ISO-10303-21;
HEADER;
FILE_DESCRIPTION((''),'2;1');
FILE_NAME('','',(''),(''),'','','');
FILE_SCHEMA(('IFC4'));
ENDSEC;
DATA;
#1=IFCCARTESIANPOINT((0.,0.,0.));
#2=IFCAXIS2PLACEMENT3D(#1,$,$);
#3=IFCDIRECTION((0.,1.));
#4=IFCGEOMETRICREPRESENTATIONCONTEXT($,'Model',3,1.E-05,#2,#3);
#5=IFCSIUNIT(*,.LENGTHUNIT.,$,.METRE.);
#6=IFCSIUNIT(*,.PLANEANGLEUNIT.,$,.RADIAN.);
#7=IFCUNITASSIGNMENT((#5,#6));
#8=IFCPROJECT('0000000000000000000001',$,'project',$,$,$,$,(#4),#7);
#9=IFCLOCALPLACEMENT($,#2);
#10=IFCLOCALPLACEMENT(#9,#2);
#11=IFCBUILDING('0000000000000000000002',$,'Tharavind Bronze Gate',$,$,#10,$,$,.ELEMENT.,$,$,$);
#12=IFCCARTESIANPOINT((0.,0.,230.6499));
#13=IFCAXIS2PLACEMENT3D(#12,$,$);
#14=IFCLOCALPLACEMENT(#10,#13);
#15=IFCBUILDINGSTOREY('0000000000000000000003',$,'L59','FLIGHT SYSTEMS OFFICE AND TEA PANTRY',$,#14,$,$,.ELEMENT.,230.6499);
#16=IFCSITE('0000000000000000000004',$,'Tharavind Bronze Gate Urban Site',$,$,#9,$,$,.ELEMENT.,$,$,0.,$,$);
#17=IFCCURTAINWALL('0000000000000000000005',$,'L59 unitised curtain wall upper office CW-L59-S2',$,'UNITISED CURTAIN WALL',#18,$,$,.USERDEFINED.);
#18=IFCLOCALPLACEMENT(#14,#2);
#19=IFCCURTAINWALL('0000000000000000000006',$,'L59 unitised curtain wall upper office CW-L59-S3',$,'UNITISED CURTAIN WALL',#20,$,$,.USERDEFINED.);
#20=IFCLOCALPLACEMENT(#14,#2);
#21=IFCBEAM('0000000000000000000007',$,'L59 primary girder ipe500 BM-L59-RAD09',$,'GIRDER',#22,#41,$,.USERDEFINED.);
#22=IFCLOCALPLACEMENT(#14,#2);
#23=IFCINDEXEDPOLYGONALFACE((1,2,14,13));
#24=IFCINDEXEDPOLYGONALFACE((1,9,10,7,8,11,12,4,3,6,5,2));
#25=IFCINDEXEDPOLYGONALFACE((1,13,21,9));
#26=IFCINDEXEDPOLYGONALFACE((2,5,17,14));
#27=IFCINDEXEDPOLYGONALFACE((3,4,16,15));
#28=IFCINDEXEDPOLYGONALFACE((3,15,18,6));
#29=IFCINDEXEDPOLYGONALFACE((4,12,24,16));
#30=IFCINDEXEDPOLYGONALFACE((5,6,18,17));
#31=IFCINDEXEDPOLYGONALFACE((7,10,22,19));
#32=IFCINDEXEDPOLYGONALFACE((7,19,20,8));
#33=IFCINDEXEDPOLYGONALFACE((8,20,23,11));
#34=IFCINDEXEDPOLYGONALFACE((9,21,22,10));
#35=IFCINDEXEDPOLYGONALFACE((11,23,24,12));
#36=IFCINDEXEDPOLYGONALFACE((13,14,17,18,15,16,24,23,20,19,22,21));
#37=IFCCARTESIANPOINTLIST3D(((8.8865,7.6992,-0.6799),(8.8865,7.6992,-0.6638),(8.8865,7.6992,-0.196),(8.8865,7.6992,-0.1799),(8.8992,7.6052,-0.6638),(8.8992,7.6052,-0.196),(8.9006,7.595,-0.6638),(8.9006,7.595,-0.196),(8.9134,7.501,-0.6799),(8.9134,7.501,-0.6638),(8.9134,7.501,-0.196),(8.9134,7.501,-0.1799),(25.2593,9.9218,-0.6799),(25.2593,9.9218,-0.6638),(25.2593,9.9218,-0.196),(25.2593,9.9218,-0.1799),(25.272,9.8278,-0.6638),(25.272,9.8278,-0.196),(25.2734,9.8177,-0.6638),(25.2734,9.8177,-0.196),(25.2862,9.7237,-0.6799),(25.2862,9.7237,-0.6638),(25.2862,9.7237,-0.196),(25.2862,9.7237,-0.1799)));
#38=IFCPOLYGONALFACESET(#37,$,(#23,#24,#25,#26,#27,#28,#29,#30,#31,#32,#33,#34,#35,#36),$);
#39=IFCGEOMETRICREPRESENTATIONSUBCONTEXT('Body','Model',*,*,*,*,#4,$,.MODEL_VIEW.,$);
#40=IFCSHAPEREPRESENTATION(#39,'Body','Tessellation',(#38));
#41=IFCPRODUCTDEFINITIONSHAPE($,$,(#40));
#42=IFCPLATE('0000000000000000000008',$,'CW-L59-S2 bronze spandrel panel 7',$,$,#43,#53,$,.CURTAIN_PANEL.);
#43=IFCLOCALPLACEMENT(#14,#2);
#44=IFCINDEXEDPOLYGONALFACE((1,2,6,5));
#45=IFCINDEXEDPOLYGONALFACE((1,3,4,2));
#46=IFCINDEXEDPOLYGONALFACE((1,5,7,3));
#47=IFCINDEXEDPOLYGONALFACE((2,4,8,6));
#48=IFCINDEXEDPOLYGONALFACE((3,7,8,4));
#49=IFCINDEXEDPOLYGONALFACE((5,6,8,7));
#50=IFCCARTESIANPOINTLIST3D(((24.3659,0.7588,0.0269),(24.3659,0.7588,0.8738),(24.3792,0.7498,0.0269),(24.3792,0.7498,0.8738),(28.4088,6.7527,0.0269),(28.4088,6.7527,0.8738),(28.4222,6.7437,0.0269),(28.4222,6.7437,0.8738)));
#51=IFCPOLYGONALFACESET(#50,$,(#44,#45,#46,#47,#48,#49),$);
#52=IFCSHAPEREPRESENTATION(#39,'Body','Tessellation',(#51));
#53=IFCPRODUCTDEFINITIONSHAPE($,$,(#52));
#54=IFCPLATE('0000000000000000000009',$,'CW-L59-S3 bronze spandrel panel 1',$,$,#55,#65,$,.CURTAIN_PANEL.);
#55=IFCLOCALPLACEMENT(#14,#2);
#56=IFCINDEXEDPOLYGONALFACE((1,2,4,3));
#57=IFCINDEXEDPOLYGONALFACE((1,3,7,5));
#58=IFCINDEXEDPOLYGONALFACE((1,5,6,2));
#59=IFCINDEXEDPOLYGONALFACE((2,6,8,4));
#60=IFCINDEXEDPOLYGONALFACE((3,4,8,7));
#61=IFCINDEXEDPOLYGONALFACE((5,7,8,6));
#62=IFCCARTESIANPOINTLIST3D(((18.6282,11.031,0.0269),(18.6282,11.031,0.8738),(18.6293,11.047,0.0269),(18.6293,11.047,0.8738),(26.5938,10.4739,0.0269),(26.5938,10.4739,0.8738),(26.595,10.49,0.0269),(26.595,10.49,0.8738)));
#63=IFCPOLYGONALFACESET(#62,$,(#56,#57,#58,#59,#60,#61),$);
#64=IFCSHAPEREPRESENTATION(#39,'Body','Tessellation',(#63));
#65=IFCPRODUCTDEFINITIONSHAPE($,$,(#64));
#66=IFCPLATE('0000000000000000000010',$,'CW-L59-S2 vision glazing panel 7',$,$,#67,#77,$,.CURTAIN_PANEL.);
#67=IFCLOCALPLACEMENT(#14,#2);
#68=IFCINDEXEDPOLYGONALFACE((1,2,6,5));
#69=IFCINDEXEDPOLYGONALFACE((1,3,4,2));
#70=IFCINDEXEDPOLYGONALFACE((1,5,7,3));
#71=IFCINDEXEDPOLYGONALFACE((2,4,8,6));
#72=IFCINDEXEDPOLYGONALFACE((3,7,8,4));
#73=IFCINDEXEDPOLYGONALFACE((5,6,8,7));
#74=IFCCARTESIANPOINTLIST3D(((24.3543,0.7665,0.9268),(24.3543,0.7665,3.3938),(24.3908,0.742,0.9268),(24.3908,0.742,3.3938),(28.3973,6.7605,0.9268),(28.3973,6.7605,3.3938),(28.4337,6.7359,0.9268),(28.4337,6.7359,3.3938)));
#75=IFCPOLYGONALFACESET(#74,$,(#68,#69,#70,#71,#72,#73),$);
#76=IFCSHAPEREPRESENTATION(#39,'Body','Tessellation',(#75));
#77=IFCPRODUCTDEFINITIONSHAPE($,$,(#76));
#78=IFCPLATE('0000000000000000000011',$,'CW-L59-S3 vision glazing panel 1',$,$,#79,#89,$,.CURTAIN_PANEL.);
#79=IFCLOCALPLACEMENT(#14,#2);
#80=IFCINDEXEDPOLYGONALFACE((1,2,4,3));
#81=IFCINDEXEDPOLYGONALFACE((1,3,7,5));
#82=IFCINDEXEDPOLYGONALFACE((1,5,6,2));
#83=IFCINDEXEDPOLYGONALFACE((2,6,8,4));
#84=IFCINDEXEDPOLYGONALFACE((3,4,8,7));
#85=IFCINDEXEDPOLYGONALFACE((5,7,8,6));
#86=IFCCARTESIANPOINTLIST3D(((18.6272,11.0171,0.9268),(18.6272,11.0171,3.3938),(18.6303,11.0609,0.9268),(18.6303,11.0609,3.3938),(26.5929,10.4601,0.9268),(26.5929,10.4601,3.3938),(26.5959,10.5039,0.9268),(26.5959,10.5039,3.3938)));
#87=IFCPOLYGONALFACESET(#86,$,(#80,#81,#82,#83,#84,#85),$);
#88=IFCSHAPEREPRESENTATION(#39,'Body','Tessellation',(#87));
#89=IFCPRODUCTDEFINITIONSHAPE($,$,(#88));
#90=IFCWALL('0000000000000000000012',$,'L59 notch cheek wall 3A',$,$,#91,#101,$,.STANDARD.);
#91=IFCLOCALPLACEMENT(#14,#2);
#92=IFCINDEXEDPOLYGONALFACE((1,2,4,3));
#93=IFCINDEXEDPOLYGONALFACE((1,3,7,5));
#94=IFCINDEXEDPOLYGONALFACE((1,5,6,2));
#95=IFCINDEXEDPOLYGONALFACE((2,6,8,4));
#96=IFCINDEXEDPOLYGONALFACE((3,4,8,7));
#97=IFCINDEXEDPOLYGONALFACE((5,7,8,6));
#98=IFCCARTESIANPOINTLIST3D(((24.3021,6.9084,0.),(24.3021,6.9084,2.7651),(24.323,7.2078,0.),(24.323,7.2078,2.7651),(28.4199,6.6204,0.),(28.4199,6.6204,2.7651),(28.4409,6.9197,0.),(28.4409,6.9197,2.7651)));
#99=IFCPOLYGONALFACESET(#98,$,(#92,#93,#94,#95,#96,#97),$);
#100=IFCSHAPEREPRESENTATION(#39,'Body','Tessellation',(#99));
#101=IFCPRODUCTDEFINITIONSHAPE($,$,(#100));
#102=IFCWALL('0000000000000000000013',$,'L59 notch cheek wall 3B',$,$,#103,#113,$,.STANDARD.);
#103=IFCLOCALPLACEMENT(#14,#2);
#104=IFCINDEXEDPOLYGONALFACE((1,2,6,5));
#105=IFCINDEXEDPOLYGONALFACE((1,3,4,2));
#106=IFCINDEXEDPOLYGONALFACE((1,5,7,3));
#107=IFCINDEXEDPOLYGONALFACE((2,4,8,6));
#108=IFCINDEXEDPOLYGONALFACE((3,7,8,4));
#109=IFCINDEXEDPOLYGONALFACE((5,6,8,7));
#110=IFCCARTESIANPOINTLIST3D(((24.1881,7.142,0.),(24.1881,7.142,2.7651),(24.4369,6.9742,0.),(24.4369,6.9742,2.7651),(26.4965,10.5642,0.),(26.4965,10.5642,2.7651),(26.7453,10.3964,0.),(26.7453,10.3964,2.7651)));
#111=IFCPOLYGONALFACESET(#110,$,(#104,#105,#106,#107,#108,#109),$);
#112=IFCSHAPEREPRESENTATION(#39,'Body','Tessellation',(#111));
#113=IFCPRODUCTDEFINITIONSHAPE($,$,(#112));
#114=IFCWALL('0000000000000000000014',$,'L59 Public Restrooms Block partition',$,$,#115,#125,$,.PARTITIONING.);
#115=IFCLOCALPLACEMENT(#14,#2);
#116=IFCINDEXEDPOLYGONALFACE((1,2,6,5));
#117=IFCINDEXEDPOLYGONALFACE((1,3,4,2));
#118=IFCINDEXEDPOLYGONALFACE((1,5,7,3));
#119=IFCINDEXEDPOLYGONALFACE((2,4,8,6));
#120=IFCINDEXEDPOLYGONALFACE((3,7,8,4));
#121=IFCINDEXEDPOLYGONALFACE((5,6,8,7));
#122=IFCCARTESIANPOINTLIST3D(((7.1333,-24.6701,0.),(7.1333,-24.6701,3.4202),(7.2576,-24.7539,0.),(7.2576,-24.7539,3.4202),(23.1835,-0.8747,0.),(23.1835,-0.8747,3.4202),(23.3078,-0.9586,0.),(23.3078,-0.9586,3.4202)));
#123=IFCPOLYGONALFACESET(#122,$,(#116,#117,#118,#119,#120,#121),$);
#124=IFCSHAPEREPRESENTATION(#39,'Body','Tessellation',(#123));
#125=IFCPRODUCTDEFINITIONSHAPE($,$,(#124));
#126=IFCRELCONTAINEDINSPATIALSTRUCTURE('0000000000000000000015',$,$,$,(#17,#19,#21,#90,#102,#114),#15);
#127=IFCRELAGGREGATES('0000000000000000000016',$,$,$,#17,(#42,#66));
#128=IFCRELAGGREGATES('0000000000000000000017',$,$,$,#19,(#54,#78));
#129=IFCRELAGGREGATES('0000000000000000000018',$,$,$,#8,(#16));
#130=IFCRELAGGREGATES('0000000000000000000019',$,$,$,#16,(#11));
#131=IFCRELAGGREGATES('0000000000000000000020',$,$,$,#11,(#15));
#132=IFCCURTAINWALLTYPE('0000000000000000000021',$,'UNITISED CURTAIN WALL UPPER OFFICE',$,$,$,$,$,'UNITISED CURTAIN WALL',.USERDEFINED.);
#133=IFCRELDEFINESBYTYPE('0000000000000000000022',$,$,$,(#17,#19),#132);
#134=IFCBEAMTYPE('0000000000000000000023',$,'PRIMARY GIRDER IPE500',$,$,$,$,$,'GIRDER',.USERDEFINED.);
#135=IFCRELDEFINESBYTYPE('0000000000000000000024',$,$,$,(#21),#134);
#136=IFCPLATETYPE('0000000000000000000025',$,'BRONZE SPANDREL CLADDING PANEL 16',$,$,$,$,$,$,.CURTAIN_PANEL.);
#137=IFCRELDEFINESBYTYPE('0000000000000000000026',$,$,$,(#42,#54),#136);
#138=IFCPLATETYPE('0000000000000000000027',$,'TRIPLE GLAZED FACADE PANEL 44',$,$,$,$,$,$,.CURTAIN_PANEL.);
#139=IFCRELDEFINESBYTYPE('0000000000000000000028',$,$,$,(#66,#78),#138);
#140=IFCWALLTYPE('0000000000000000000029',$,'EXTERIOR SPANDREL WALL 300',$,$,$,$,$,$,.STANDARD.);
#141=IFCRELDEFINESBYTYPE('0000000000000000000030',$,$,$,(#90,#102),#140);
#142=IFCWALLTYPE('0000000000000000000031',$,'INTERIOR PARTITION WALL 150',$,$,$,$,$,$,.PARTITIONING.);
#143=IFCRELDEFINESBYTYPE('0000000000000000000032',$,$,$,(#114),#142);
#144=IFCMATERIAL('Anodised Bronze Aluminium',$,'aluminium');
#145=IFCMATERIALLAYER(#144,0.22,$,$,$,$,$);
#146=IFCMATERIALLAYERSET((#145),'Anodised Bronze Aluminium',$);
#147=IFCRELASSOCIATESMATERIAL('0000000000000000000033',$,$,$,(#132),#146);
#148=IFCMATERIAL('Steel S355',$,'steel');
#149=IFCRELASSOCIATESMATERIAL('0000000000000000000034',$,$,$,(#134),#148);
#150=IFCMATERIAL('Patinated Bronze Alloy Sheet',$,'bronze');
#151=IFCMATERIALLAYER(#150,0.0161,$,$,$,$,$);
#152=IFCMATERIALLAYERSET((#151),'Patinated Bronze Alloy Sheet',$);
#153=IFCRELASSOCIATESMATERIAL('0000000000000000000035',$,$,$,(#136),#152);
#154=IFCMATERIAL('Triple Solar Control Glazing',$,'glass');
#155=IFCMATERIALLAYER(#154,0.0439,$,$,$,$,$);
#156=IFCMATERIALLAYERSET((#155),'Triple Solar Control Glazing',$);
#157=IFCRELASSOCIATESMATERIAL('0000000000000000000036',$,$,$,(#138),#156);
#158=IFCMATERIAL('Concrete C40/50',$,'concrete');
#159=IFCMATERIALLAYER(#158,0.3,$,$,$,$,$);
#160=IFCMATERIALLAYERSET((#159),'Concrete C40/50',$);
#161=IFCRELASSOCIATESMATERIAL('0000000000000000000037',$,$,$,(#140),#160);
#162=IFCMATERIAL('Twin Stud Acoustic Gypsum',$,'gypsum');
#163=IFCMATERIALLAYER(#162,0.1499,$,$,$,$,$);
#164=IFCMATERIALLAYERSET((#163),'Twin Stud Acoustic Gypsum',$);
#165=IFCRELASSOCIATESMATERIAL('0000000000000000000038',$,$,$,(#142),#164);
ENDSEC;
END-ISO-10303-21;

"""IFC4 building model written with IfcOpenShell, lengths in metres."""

from ifc_helpers import new_model, si_unit, direction, frame, frame_2d, origin, origin_2d, place, context, subcontext, project, spatial, rectangle, i_section, extrude, material, layer, layer_set, material_profile, profile_set, type_object, element, aggregate, save


model = new_model("IFC4")

# Units and contexts
model_context = context("Model", 3, precision=1e-05, world=origin(), true_north=direction((0.0, 1.0)))
body_context = subcontext(model_context, "Body", "Model", "MODEL_VIEW")
ifc_project = project(units=[si_unit("LENGTHUNIT", "METRE"), si_unit("PLANEANGLEUNIT", "RADIAN")], contexts=[model_context])

# Site, building, storey
site_placement = place(None, origin())
site = spatial("IfcSite", under=ifc_project, at=site_placement, Name="Tharavind Bronze Gate Urban Site", CompositionType="ELEMENT", RefElevation=0.0)
building_placement = place(site_placement, origin())
building = spatial("IfcBuilding", under=site, at=building_placement, Name="Tharavind Bronze Gate", CompositionType="ELEMENT")
storey_placement = place(building_placement, frame((0.0, 0.0, 230.6499)))
storey = spatial("IfcBuildingStorey", under=building, at=storey_placement, Name="L59", Description="FLIGHT SYSTEMS OFFICE AND TEA PANTRY", CompositionType="ELEMENT", Elevation=230.6499)

# Curtain wall
ifc_material_1 = material(Name="Anodised Bronze Aluminium", Category="aluminium")
ifc_layer_1 = layer(ifc_material_1, 0.22)
ifc_layer_set_1 = layer_set([ifc_layer_1], Name="Anodised Bronze Aluminium")
curtain_wall_type = type_object("IfcCurtainWallType", Name="UNITISED CURTAIN WALL UPPER OFFICE", ElementType="UNITISED CURTAIN WALL", PredefinedType="USERDEFINED", material=ifc_layer_set_1)
curtain_wall_1_placement = place(storey_placement, origin())
curtain_wall_1 = element("IfcCurtainWall", 1, at=curtain_wall_1_placement, inside=storey, type_object=curtain_wall_type, Name="L59 unitised curtain wall upper office CW-L59-S2", ObjectType="UNITISED CURTAIN WALL", PredefinedType="USERDEFINED")

# Curtain wall
curtain_wall_2_placement = place(storey_placement, origin())
curtain_wall_2 = element("IfcCurtainWall", 2, at=curtain_wall_2_placement, inside=storey, type_object=curtain_wall_type, Name="L59 unitised curtain wall upper office CW-L59-S3", ObjectType="UNITISED CURTAIN WALL", PredefinedType="USERDEFINED")

# Beam
ifc_material_2 = material(Name="Steel S355", Category="steel")
ifc_material_profile_1 = material_profile(ifc_material_2, i_section(OverallWidth=0.2, OverallDepth=0.5, WebThickness=0.0103, FlangeThickness=0.0161, at=origin_2d()), Name="IPE500")
ifc_profile_set_1 = profile_set([ifc_material_profile_1], Name="Steel S355")
beam_type_1 = type_object("IfcBeamType", Name="PRIMARY GIRDER IPE500", ElementType="GIRDER", PredefinedType="USERDEFINED", material=ifc_profile_set_1)
beam_1_placement = place(storey_placement, frame((25.2727, 9.8228, -0.4299), z_axis=(-0.990911, -0.134519, 0.0), x_axis=(0.134519, -0.990911, 0.0)))
element("IfcBeam", 3, at=beam_1_placement, inside=storey, type_object=beam_type_1, Name="L59 primary girder ipe500 BM-L59-RAD09", ObjectType="GIRDER", PredefinedType="USERDEFINED", context=body_context, shape_type="SweptSolid", body=[
    extrude(i_section(OverallWidth=0.2, OverallDepth=0.5, WebThickness=0.0103, FlangeThickness=0.0161, at=origin_2d()), origin(), (0.0, 0.0, 1.0), 16.5229),
])

# Plates
ifc_material_3 = material(Name="Patinated Bronze Alloy Sheet", Category="bronze")
ifc_layer_2 = layer(ifc_material_3, 0.0161)
ifc_layer_set_2 = layer_set([ifc_layer_2], Name="Patinated Bronze Alloy Sheet")
plate_type_1 = type_object("IfcPlateType", Name="BRONZE SPANDREL CLADDING PANEL 16", PredefinedType="CURTAIN_PANEL", material=ifc_layer_set_2)
plate_1_placement = place(storey_placement, frame((26.394, 3.7512, 0.0269), z_axis=(0.0, 0.0, 1.0), x_axis=(0.559193, 0.829038, 0.0)))
plate_1 = element("IfcPlate", 4, at=plate_1_placement, type_object=plate_type_1, Name="CW-L59-S2 bronze spandrel panel 7", PredefinedType="CURTAIN_PANEL", context=body_context, shape_type="SweptSolid", body=[
    extrude(rectangle(XDim=7.23, YDim=0.0161, at=origin_2d()), origin(), (0.0, 0.0, 1.0), 0.8469),
])
plate_2_placement = place(storey_placement, frame((22.6116, 10.7605, 0.0269), z_axis=(0.0, 0.0, 1.0), x_axis=(-0.997564, 0.069758, 0.0)))
plate_2 = element("IfcPlate", 5, at=plate_2_placement, type_object=plate_type_1, Name="CW-L59-S3 bronze spandrel panel 1", PredefinedType="CURTAIN_PANEL", context=body_context, shape_type="SweptSolid", body=[
    extrude(rectangle(XDim=7.9851, YDim=0.0161, at=origin_2d()), origin(), (0.0, 0.0, 1.0), 0.8469),
])
ifc_material_4 = material(Name="Triple Solar Control Glazing", Category="glass")
ifc_layer_3 = layer(ifc_material_4, 0.0439)
ifc_layer_set_3 = layer_set([ifc_layer_3], Name="Triple Solar Control Glazing")
plate_type_2 = type_object("IfcPlateType", Name="TRIPLE GLAZED FACADE PANEL 44", PredefinedType="CURTAIN_PANEL", material=ifc_layer_set_3)
plate_3_placement = place(storey_placement, frame((26.394, 3.7512, 0.9268), z_axis=(0.0, 0.0, 1.0), x_axis=(0.559193, 0.829038, 0.0)))
plate_3 = element("IfcPlate", 6, at=plate_3_placement, type_object=plate_type_2, Name="CW-L59-S2 vision glazing panel 7", PredefinedType="CURTAIN_PANEL", context=body_context, shape_type="SweptSolid", body=[
    extrude(rectangle(XDim=7.23, YDim=0.0439, at=origin_2d()), origin(), (0.0, 0.0, 1.0), 2.467),
])
aggregate(curtain_wall_1, [plate_1, plate_3])
plate_4_placement = place(storey_placement, frame((22.6116, 10.7605, 0.9268), z_axis=(0.0, 0.0, 1.0), x_axis=(-0.997564, 0.069758, 0.0)))
plate_4 = element("IfcPlate", 7, at=plate_4_placement, type_object=plate_type_2, Name="CW-L59-S3 vision glazing panel 1", PredefinedType="CURTAIN_PANEL", context=body_context, shape_type="SweptSolid", body=[
    extrude(rectangle(XDim=7.9851, YDim=0.0439, at=origin_2d()), origin(), (0.0, 0.0, 1.0), 2.467),
])
aggregate(curtain_wall_2, [plate_2, plate_4])

# Walls
ifc_material_5 = material(Name="Concrete C40/50", Category="concrete")
ifc_layer_4 = layer(ifc_material_5, 0.3)
ifc_layer_set_4 = layer_set([ifc_layer_4], Name="Concrete C40/50")
wall_type_1 = type_object("IfcWallType", Name="EXTERIOR SPANDREL WALL 300", PredefinedType="STANDARD", material=ifc_layer_set_4)
for number, where, z_axis, x_axis, name in (
    (8, (28.4304, 6.77, 0.0), (0.0, 0.0, 1.0), (-0.997562, 0.069789, 0.0), "L59 notch cheek wall 3A"),
    (9, (24.3125, 7.0581, 0.0), (0.0, 0.0, 1.0), (0.55921, 0.829026, 0.0), "L59 notch cheek wall 3B"),
):
    element("IfcWall", number, at=place(storey_placement, frame(where, z_axis=z_axis, x_axis=x_axis)), inside=storey, type_object=wall_type_1, Name=name, PredefinedType="STANDARD", context=body_context, shape_type="SweptSolid", body=[
        extrude(rectangle(XDim=4.1279, YDim=0.3, at=frame_2d((2.064, 0.0))), origin(), (0.0, 0.0, 1.0), 2.7651),
    ])
ifc_material_6 = material(Name="Twin Stud Acoustic Gypsum", Category="gypsum")
ifc_layer_5 = layer(ifc_material_6, 0.1499)
ifc_layer_set_5 = layer_set([ifc_layer_5], Name="Twin Stud Acoustic Gypsum")
wall_type_2 = type_object("IfcWallType", Name="INTERIOR PARTITION WALL 150", PredefinedType="PARTITIONING", material=ifc_layer_set_5)
wall_placement = place(storey_placement, frame((23.2456, -0.9167, 0.0), z_axis=(0.0, 0.0, 1.0), x_axis=(-0.559195, -0.829036, 0.0)))
element("IfcWall", 10, at=wall_placement, inside=storey, type_object=wall_type_2, Name="L59 Public Restrooms Block partition", PredefinedType="PARTITIONING", context=body_context, shape_type="SweptSolid", body=[
    extrude(rectangle(XDim=28.7024, YDim=0.1499, at=frame_2d((14.3511, 0.0))), origin(), (0.0, 0.0, 1.0), 3.4202),
])

save(model, "model.ifc")
